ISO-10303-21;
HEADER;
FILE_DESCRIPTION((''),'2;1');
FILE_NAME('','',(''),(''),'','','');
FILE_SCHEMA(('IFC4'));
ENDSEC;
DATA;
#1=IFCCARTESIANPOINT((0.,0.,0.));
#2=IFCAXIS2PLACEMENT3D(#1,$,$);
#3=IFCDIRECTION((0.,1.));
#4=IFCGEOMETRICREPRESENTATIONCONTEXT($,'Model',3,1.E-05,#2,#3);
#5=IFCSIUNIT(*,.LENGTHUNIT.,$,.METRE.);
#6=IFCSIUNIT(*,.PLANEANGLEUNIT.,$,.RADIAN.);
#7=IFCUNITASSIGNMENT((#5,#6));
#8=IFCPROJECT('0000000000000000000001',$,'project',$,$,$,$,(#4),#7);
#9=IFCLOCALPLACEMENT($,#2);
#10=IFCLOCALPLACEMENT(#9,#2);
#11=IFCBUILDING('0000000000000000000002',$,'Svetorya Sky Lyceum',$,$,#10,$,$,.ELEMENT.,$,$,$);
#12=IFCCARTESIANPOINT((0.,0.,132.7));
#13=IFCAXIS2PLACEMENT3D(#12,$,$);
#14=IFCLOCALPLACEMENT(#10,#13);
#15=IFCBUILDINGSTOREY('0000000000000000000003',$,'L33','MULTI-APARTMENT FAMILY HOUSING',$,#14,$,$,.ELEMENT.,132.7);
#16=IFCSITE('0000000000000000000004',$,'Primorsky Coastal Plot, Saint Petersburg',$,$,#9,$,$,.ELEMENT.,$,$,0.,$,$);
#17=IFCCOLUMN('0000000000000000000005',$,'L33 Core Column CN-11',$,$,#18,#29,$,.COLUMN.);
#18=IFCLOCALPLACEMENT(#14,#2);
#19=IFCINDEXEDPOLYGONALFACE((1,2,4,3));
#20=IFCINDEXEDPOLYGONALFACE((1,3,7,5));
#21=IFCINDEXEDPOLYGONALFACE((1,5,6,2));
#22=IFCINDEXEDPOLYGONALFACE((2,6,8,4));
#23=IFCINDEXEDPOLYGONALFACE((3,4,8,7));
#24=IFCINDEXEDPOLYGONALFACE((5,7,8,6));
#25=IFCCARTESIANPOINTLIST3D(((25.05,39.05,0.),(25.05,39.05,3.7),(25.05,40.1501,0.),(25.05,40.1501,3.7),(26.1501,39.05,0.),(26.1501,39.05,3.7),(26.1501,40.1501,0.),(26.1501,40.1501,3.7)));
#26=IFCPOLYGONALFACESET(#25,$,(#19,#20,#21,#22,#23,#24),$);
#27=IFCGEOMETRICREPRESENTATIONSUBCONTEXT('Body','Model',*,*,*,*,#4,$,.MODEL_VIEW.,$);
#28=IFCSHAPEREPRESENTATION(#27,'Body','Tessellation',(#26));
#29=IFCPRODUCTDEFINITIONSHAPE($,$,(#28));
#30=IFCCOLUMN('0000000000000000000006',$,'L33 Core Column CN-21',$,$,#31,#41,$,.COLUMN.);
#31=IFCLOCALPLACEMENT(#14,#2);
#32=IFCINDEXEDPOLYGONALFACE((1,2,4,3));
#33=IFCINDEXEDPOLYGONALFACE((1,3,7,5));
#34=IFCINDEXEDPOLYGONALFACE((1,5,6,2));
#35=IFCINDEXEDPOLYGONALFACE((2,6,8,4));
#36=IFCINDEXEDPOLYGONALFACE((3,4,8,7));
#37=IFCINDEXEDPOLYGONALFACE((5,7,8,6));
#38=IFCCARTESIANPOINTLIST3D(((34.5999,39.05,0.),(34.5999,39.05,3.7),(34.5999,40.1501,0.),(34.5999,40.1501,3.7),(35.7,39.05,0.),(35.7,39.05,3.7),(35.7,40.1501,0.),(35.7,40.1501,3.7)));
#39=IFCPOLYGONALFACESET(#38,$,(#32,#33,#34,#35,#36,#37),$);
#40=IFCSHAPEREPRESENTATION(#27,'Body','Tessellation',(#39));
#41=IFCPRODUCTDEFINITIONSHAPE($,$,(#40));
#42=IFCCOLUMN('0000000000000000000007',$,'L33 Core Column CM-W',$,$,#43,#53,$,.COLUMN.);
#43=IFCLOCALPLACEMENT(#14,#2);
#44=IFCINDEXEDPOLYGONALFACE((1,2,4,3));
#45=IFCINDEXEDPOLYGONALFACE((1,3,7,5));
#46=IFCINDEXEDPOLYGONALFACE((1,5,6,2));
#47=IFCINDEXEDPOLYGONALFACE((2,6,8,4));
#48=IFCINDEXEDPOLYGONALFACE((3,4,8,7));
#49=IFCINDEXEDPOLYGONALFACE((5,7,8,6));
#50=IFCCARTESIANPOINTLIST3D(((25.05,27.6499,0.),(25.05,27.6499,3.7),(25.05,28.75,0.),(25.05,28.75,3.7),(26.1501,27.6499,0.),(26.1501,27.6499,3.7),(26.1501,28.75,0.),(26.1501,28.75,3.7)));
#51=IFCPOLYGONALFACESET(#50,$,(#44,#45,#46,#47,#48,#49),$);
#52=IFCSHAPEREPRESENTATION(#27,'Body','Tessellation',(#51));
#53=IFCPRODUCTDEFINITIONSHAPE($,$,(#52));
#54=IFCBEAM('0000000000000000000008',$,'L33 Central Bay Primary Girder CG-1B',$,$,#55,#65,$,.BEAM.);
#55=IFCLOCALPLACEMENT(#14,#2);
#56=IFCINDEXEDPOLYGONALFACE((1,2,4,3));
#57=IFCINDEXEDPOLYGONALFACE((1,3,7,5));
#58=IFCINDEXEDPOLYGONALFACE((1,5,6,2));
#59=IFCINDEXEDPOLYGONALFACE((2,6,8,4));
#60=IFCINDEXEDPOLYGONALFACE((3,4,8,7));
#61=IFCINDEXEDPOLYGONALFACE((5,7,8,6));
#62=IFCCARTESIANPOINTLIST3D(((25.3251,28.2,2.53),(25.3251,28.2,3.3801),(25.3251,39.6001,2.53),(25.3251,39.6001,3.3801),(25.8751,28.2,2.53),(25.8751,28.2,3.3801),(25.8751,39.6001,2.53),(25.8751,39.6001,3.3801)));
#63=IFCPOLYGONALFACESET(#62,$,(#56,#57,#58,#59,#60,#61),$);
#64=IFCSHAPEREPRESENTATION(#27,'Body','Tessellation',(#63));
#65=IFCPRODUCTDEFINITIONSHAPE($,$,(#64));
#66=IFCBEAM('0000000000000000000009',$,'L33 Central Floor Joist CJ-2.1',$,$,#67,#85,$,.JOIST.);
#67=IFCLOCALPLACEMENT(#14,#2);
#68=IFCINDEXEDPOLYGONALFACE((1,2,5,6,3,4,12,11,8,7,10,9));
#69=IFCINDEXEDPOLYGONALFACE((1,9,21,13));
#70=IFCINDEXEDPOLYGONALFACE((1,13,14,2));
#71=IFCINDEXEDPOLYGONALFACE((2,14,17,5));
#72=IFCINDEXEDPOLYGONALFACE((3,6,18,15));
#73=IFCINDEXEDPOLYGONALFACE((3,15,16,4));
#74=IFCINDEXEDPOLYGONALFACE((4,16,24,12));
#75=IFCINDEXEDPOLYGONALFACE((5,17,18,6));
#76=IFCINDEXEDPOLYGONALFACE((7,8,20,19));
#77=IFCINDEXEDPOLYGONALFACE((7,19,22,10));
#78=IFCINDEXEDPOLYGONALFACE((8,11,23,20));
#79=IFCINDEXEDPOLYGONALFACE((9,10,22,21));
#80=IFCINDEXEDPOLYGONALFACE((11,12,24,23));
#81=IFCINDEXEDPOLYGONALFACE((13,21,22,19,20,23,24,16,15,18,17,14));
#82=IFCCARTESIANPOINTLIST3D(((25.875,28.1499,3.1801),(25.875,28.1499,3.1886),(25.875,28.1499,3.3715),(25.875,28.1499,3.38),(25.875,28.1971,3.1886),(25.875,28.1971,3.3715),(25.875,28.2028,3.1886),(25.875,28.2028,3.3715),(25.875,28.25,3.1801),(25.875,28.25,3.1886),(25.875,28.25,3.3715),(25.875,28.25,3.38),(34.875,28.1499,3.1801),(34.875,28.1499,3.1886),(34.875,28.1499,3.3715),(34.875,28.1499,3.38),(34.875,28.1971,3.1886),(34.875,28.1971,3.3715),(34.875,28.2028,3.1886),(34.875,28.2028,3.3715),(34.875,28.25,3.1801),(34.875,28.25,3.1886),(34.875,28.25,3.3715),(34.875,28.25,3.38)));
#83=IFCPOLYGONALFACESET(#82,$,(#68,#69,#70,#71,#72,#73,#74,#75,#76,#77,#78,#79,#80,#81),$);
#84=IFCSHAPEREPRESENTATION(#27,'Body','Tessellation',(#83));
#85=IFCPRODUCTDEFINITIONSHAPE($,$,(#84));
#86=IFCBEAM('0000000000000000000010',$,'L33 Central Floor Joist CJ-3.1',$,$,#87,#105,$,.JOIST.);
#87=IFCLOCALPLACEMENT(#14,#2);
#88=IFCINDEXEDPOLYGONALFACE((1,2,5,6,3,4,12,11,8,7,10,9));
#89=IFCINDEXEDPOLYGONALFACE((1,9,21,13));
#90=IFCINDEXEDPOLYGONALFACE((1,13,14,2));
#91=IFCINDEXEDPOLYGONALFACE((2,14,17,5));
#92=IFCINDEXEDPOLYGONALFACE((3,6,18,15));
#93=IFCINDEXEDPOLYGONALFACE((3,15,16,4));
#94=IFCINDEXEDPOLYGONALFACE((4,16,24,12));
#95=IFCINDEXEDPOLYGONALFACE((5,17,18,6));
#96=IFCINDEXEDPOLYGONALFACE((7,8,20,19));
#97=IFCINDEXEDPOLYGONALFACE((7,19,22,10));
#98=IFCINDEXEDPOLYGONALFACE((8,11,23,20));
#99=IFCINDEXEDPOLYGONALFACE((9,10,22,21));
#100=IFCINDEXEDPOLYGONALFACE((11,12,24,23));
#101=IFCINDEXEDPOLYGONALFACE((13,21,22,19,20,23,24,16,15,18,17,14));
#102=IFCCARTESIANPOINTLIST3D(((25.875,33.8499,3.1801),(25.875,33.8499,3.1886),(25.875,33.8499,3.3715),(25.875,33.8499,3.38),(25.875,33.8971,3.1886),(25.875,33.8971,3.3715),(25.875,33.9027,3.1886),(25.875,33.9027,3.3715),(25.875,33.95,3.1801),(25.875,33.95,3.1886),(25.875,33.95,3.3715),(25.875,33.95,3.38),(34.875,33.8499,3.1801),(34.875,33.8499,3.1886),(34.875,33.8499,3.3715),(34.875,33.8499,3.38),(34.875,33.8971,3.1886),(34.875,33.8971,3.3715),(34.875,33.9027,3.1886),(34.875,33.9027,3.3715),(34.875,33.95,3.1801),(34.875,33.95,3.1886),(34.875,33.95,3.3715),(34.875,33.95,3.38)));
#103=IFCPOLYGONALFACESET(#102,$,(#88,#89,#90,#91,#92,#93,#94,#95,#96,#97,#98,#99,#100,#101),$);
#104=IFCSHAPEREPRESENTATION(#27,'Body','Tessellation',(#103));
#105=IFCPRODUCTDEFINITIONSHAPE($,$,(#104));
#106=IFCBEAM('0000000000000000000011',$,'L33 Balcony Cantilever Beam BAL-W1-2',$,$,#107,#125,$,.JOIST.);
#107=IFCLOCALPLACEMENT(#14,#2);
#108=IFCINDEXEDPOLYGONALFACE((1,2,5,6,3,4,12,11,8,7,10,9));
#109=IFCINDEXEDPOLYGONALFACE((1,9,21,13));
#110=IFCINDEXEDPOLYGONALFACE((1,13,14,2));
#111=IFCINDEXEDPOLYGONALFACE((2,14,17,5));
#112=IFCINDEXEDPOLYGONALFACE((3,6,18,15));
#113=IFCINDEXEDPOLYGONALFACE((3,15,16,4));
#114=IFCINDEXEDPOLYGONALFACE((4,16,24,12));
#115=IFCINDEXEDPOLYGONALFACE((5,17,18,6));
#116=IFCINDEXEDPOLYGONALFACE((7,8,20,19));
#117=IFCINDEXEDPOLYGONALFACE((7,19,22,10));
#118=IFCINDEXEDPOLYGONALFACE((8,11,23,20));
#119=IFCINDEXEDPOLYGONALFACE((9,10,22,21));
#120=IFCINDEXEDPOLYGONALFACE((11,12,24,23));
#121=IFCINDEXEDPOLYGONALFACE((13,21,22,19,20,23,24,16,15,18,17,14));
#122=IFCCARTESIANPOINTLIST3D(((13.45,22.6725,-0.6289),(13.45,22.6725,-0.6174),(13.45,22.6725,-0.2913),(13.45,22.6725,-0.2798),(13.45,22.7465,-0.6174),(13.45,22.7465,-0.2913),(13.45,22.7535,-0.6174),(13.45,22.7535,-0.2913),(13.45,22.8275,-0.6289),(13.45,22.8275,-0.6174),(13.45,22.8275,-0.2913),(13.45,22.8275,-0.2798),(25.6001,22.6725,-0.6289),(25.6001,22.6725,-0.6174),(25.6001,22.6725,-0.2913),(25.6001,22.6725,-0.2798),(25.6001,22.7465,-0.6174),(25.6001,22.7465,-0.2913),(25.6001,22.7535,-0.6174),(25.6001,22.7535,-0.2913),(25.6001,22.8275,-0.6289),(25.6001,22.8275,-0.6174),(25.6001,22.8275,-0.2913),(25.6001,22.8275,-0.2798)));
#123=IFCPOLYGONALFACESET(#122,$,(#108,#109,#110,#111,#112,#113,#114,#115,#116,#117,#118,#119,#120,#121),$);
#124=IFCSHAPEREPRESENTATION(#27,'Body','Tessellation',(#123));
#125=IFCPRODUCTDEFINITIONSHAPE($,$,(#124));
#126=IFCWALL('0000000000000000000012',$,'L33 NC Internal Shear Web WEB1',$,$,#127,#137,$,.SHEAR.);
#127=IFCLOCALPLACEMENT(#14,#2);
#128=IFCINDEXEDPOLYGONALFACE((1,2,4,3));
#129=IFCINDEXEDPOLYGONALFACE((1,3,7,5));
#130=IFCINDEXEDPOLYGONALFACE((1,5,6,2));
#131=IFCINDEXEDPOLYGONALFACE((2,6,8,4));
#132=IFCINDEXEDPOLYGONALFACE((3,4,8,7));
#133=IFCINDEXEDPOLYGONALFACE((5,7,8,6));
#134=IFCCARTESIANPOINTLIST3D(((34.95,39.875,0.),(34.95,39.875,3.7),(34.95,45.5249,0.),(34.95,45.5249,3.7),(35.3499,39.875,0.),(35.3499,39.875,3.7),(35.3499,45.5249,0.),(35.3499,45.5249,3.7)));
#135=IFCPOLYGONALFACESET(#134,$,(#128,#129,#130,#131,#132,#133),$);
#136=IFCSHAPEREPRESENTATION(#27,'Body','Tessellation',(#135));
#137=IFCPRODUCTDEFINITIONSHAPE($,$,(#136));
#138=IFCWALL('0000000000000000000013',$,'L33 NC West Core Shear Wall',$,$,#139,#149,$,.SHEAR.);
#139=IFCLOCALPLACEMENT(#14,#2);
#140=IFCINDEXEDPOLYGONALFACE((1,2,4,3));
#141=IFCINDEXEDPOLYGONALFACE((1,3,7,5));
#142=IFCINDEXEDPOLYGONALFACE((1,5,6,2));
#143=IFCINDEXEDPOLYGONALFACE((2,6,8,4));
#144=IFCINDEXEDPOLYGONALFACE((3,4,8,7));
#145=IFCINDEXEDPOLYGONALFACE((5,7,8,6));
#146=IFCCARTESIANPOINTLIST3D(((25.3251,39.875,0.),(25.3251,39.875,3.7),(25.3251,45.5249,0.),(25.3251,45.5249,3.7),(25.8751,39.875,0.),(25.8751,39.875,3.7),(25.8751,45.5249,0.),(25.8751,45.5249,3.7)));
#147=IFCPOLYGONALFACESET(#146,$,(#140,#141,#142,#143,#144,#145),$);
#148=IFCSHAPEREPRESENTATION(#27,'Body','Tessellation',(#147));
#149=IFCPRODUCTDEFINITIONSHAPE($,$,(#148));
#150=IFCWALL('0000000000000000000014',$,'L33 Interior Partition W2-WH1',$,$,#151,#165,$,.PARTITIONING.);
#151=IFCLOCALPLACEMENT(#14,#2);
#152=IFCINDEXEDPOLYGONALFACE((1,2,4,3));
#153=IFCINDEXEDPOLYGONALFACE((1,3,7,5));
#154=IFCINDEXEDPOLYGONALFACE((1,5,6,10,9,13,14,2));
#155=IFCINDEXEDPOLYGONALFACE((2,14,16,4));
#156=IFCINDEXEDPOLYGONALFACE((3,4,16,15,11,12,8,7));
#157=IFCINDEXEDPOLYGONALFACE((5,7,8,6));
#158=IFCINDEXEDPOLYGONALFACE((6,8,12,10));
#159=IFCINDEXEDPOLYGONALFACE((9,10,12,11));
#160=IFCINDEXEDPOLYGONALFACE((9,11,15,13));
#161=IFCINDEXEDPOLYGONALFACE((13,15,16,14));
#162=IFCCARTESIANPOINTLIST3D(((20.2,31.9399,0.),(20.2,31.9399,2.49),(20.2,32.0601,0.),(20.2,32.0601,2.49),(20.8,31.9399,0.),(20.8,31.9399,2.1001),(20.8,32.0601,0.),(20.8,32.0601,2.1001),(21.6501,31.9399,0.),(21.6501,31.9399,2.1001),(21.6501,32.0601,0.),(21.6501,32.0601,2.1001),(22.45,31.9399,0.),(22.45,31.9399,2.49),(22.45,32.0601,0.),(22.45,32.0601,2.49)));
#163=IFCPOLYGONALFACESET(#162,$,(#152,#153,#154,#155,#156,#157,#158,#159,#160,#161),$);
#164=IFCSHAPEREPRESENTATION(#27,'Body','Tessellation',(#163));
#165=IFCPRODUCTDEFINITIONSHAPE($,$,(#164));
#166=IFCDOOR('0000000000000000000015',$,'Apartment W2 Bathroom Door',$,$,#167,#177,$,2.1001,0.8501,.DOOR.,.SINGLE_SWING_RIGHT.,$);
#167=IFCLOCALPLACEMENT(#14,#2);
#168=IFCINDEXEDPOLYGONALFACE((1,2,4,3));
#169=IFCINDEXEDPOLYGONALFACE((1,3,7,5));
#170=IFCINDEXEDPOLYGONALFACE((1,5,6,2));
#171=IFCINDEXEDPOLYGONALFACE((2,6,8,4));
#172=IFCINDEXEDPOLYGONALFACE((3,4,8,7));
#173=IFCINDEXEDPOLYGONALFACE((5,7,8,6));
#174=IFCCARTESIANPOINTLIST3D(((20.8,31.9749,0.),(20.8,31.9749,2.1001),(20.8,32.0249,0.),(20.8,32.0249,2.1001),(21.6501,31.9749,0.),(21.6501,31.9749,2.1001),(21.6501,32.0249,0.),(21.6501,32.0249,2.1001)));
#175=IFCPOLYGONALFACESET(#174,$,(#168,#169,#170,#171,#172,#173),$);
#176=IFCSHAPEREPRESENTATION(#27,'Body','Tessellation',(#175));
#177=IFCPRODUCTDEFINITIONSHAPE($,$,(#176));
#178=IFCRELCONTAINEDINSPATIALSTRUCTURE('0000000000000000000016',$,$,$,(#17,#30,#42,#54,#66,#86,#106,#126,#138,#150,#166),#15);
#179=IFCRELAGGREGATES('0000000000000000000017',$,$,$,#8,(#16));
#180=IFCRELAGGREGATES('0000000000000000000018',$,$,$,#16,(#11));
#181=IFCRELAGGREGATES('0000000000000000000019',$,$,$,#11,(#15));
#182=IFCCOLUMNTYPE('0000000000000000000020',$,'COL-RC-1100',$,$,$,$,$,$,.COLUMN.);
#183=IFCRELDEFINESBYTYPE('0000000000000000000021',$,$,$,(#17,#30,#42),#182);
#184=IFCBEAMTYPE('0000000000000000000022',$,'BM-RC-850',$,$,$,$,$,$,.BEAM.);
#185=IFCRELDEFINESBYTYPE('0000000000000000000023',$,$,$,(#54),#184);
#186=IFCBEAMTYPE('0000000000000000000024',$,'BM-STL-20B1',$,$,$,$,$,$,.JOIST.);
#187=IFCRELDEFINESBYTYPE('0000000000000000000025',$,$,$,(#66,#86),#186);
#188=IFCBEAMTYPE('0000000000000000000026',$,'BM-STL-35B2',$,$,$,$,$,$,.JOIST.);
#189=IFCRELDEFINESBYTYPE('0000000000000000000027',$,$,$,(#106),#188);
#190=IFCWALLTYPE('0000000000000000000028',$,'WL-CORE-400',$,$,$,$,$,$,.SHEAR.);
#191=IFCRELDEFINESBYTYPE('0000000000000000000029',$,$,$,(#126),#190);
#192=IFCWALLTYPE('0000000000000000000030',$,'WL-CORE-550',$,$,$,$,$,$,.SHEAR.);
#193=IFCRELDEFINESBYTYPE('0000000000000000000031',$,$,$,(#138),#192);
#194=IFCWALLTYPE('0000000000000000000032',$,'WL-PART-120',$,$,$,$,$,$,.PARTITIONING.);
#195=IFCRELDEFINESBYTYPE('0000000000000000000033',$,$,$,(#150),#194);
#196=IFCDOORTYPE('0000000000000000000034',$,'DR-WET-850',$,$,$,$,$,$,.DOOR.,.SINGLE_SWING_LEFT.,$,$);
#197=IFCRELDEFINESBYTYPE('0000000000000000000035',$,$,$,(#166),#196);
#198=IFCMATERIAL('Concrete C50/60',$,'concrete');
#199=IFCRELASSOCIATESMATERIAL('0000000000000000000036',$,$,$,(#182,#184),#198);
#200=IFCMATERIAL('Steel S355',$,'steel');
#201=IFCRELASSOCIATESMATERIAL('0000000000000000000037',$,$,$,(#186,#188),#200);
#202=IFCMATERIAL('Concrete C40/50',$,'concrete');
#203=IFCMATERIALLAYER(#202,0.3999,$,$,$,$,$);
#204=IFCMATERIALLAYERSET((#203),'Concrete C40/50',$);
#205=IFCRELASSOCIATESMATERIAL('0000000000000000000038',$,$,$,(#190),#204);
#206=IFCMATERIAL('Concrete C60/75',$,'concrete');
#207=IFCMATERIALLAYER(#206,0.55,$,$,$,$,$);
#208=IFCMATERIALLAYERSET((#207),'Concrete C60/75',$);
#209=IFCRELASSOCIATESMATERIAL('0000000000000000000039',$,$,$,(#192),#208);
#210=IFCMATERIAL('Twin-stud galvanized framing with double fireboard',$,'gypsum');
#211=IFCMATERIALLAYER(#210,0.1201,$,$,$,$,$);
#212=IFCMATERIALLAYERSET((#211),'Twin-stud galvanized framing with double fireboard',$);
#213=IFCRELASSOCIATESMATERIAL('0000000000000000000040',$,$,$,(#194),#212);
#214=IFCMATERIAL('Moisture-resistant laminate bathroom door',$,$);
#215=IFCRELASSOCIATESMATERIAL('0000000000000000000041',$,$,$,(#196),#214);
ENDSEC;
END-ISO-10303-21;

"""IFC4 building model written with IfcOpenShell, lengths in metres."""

from ifc_helpers import new_model, si_unit, direction, frame, frame_2d, origin, origin_2d, place, context, subcontext, project, spatial, rectangle, i_section, extrude, material, layer, layer_set, material_profile, profile_set, type_object, element, fill, save


model = new_model("IFC4")

# Units and contexts
model_context = context("Model", 3, precision=1e-05, world=origin(), true_north=direction((0.0, 1.0)))
body_context = subcontext(model_context, "Body", "Model", "MODEL_VIEW")
ifc_project = project(units=[si_unit("LENGTHUNIT", "METRE"), si_unit("PLANEANGLEUNIT", "RADIAN")], contexts=[model_context])

# Site, building, storey
site_placement = place(None, origin())
site = spatial("IfcSite", under=ifc_project, at=site_placement, Name="Primorsky Coastal Plot, Saint Petersburg", CompositionType="ELEMENT", RefElevation=0.0)
building_placement = place(site_placement, origin())
building = spatial("IfcBuilding", under=site, at=building_placement, Name="Svetorya Sky Lyceum", CompositionType="ELEMENT")
storey_placement = place(building_placement, frame((0.0, 0.0, 132.7)))
storey = spatial("IfcBuildingStorey", under=building, at=storey_placement, Name="L33", Description="MULTI-APARTMENT FAMILY HOUSING", CompositionType="ELEMENT", Elevation=132.7)

# Columns
ifc_material_1 = material(Name="Concrete C50/60", Category="concrete")
ifc_material_profile_1 = material_profile(ifc_material_1, rectangle(XDim=1.1001, YDim=1.1001, at=origin_2d()), Name="RC COL 1100x1100")
ifc_profile_set_1 = profile_set([ifc_material_profile_1], Name="Concrete C50/60")
column_type = type_object("IfcColumnType", Name="COL-RC-1100", PredefinedType="COLUMN", material=ifc_profile_set_1)
for number, where, z_axis, x_axis, name in (
    (1, (25.6001, 39.6001, 0.0), (0.0, 0.0, 1.0), (1.0, 0.0, 0.0), "L33 Core Column CN-11"),
    (2, (35.1499, 39.6001, 0.0), (0.0, 0.0, 1.0), (1.0, 0.0, 0.0), "L33 Core Column CN-21"),
    (3, (25.6001, 28.2, 0.0), (0.0, 0.0, 1.0), (1.0, 0.0, 0.0), "L33 Core Column CM-W"),
):
    element("IfcColumn", number, at=place(storey_placement, frame(where, z_axis=z_axis, x_axis=x_axis)), inside=storey, type_object=column_type, Name=name, PredefinedType="COLUMN", context=body_context, shape_type="SweptSolid", body=[
        extrude(rectangle(XDim=1.1001, YDim=1.1001, at=origin_2d()), origin(), (0.0, 0.0, 1.0), 3.7),
    ])

# Beams
ifc_material_profile_2 = material_profile(ifc_material_1, rectangle(XDim=0.55, YDim=0.8501, at=origin_2d()), Name="RC BEAM 550x850")
ifc_profile_set_2 = profile_set([ifc_material_profile_2], Name="Concrete C50/60")
beam_type_1 = type_object("IfcBeamType", Name="BM-RC-850", PredefinedType="BEAM", material=ifc_profile_set_2)
beam_1_placement = place(storey_placement, frame((25.6001, 28.2, 2.9551), z_axis=(0.0, 1.0, 0.0), x_axis=(-1.0, 0.0, 0.0)))
element("IfcBeam", 4, at=beam_1_placement, inside=storey, type_object=beam_type_1, Name="L33 Central Bay Primary Girder CG-1B", PredefinedType="BEAM", context=body_context, shape_type="SweptSolid", body=[
    extrude(rectangle(XDim=0.55, YDim=0.8501, at=origin_2d()), origin(), (0.0, 0.0, 1.0), 11.4001),
])
ifc_material_2 = material(Name="Steel S355", Category="steel")
ifc_material_profile_3 = material_profile(ifc_material_2, i_section(OverallWidth=0.1001, OverallDepth=0.2, WebThickness=0.0056, FlangeThickness=0.0085, at=origin_2d()), Name="GOST 20B1")
ifc_profile_set_3 = profile_set([ifc_material_profile_3], Name="Steel S355")
beam_type_2 = type_object("IfcBeamType", Name="BM-STL-20B1", PredefinedType="JOIST", material=ifc_profile_set_3)
for number, where, z_axis, x_axis, name in (
    (5, (25.875, 28.2, 3.28), (1.0, 0.0, 0.0), (0.0, 1.0, 0.0), "L33 Central Floor Joist CJ-2.1"),
    (6, (25.875, 33.8999, 3.28), (1.0, 0.0, 0.0), (0.0, 1.0, 0.0), "L33 Central Floor Joist CJ-3.1"),
):
    element("IfcBeam", number, at=place(storey_placement, frame(where, z_axis=z_axis, x_axis=x_axis)), inside=storey, type_object=beam_type_2, Name=name, PredefinedType="JOIST", context=body_context, shape_type="SweptSolid", body=[
        extrude(i_section(OverallWidth=0.1001, OverallDepth=0.2, WebThickness=0.0056, FlangeThickness=0.0085, at=origin_2d()), origin(), (0.0, 0.0, 1.0), 9.0),
    ])
ifc_material_profile_4 = material_profile(ifc_material_2, i_section(OverallWidth=0.155, OverallDepth=0.3491, WebThickness=0.0071, FlangeThickness=0.0115, at=origin_2d()), Name="GOST 35B2")
ifc_profile_set_4 = profile_set([ifc_material_profile_4], Name="Steel S355")
beam_type_3 = type_object("IfcBeamType", Name="BM-STL-35B2", PredefinedType="JOIST", material=ifc_profile_set_4)
beam_2_placement = place(storey_placement, frame((25.6001, 22.75, -0.4543), z_axis=(-1.0, 0.0, 0.0), x_axis=(0.0, -1.0, 0.0)))
element("IfcBeam", 7, at=beam_2_placement, inside=storey, type_object=beam_type_3, Name="L33 Balcony Cantilever Beam BAL-W1-2", PredefinedType="JOIST", context=body_context, shape_type="SweptSolid", body=[
    extrude(i_section(OverallWidth=0.155, OverallDepth=0.3491, WebThickness=0.0071, FlangeThickness=0.0115, at=origin_2d()), origin(), (0.0, 0.0, 1.0), 12.1501),
])

# Walls
ifc_material_3 = material(Name="Concrete C40/50", Category="concrete")
ifc_layer_1 = layer(ifc_material_3, 0.3999)
ifc_layer_set_1 = layer_set([ifc_layer_1], Name="Concrete C40/50")
wall_type_1 = type_object("IfcWallType", Name="WL-CORE-400", PredefinedType="SHEAR", material=ifc_layer_set_1)
wall_1_placement = place(storey_placement, frame((35.1499, 39.875, 0.0), z_axis=(0.0, 0.0, 1.0), x_axis=(0.0, 1.0, 0.0)))
element("IfcWall", 8, at=wall_1_placement, inside=storey, type_object=wall_type_1, Name="L33 NC Internal Shear Web WEB1", PredefinedType="SHEAR", context=body_context, shape_type="SweptSolid", body=[
    extrude(rectangle(XDim=5.6499, YDim=0.3999, at=frame_2d((2.825, 0.0))), origin(), (0.0, 0.0, 1.0), 3.7),
])
ifc_material_4 = material(Name="Concrete C60/75", Category="concrete")
ifc_layer_2 = layer(ifc_material_4, 0.55)
ifc_layer_set_2 = layer_set([ifc_layer_2], Name="Concrete C60/75")
wall_type_2 = type_object("IfcWallType", Name="WL-CORE-550", PredefinedType="SHEAR", material=ifc_layer_set_2)
wall_2_placement = place(storey_placement, frame((25.6001, 39.875, 0.0), z_axis=(0.0, 0.0, 1.0), x_axis=(0.0, 1.0, 0.0)))
element("IfcWall", 9, at=wall_2_placement, inside=storey, type_object=wall_type_2, Name="L33 NC West Core Shear Wall", PredefinedType="SHEAR", context=body_context, shape_type="SweptSolid", body=[
    extrude(rectangle(XDim=5.6499, YDim=0.55, at=frame_2d((2.825, 0.0))), origin(), (0.0, 0.0, 1.0), 3.7),
])

# Wall, opening, door
ifc_material_5 = material(Name="Twin-stud galvanized framing with double fireboard", Category="gypsum")
ifc_layer_3 = layer(ifc_material_5, 0.1201)
ifc_layer_set_3 = layer_set([ifc_layer_3], Name="Twin-stud galvanized framing with double fireboard")
wall_type_3 = type_object("IfcWallType", Name="WL-PART-120", PredefinedType="PARTITIONING", material=ifc_layer_set_3)
wall_3_placement = place(storey_placement, frame((20.2, 32.0, 0.0), z_axis=(0.0, 0.0, 1.0), x_axis=(1.0, 0.0, 0.0)))
wall_3 = element("IfcWall", 10, at=wall_3_placement, inside=storey, type_object=wall_type_3, Name="L33 Interior Partition W2-WH1", PredefinedType="PARTITIONING", context=body_context, shape_type="SweptSolid", body=[
    extrude(rectangle(XDim=2.25, YDim=0.1201, at=frame_2d((1.125, 0.0))), origin(), (0.0, 0.0, 1.0), 2.49),
])
opening_1_placement = place(wall_3_placement, frame((0.6001, 0.0, 0.0)))
opening_1 = element("IfcOpeningElement", 11, at=opening_1_placement, cuts=wall_3, PredefinedType="OPENING", context=body_context, shape_type="SweptSolid", body=[
    extrude(rectangle(XDim=0.8501, YDim=2.1001, at=frame_2d((0.425, 1.05))), frame((0.0, 0.0701, 0.0), z_axis=(0.0, -1.0, 0.0), x_axis=(1.0, 0.0, 0.0)), (0.0, 0.0, 1.0), 0.1401),
])
ifc_material_6 = material(Name="Moisture-resistant laminate bathroom door")
door_type_1 = type_object("IfcDoorType", Name="DR-WET-850", OperationType="SINGLE_SWING_LEFT", PredefinedType="DOOR", material=ifc_material_6)
door_1_placement = place(opening_1_placement, origin())
door_1 = element("IfcDoor", 12, at=door_1_placement, inside=storey, type_object=door_type_1, Name="Apartment W2 Bathroom Door", OperationType="SINGLE_SWING_RIGHT", OverallHeight=2.1001, OverallWidth=0.8501, PredefinedType="DOOR", context=body_context, shape_type="SweptSolid", body=[
    extrude(rectangle(XDim=0.8501, YDim=2.1001, at=frame_2d((0.425, 1.05))), frame((0.0, 0.0249, 0.0), z_axis=(0.0, -1.0, 0.0), x_axis=(1.0, 0.0, 0.0)), (0.0, 0.0, 1.0), 0.05),
])
fill(opening_1, door_1)

save(model, "model.ifc")
